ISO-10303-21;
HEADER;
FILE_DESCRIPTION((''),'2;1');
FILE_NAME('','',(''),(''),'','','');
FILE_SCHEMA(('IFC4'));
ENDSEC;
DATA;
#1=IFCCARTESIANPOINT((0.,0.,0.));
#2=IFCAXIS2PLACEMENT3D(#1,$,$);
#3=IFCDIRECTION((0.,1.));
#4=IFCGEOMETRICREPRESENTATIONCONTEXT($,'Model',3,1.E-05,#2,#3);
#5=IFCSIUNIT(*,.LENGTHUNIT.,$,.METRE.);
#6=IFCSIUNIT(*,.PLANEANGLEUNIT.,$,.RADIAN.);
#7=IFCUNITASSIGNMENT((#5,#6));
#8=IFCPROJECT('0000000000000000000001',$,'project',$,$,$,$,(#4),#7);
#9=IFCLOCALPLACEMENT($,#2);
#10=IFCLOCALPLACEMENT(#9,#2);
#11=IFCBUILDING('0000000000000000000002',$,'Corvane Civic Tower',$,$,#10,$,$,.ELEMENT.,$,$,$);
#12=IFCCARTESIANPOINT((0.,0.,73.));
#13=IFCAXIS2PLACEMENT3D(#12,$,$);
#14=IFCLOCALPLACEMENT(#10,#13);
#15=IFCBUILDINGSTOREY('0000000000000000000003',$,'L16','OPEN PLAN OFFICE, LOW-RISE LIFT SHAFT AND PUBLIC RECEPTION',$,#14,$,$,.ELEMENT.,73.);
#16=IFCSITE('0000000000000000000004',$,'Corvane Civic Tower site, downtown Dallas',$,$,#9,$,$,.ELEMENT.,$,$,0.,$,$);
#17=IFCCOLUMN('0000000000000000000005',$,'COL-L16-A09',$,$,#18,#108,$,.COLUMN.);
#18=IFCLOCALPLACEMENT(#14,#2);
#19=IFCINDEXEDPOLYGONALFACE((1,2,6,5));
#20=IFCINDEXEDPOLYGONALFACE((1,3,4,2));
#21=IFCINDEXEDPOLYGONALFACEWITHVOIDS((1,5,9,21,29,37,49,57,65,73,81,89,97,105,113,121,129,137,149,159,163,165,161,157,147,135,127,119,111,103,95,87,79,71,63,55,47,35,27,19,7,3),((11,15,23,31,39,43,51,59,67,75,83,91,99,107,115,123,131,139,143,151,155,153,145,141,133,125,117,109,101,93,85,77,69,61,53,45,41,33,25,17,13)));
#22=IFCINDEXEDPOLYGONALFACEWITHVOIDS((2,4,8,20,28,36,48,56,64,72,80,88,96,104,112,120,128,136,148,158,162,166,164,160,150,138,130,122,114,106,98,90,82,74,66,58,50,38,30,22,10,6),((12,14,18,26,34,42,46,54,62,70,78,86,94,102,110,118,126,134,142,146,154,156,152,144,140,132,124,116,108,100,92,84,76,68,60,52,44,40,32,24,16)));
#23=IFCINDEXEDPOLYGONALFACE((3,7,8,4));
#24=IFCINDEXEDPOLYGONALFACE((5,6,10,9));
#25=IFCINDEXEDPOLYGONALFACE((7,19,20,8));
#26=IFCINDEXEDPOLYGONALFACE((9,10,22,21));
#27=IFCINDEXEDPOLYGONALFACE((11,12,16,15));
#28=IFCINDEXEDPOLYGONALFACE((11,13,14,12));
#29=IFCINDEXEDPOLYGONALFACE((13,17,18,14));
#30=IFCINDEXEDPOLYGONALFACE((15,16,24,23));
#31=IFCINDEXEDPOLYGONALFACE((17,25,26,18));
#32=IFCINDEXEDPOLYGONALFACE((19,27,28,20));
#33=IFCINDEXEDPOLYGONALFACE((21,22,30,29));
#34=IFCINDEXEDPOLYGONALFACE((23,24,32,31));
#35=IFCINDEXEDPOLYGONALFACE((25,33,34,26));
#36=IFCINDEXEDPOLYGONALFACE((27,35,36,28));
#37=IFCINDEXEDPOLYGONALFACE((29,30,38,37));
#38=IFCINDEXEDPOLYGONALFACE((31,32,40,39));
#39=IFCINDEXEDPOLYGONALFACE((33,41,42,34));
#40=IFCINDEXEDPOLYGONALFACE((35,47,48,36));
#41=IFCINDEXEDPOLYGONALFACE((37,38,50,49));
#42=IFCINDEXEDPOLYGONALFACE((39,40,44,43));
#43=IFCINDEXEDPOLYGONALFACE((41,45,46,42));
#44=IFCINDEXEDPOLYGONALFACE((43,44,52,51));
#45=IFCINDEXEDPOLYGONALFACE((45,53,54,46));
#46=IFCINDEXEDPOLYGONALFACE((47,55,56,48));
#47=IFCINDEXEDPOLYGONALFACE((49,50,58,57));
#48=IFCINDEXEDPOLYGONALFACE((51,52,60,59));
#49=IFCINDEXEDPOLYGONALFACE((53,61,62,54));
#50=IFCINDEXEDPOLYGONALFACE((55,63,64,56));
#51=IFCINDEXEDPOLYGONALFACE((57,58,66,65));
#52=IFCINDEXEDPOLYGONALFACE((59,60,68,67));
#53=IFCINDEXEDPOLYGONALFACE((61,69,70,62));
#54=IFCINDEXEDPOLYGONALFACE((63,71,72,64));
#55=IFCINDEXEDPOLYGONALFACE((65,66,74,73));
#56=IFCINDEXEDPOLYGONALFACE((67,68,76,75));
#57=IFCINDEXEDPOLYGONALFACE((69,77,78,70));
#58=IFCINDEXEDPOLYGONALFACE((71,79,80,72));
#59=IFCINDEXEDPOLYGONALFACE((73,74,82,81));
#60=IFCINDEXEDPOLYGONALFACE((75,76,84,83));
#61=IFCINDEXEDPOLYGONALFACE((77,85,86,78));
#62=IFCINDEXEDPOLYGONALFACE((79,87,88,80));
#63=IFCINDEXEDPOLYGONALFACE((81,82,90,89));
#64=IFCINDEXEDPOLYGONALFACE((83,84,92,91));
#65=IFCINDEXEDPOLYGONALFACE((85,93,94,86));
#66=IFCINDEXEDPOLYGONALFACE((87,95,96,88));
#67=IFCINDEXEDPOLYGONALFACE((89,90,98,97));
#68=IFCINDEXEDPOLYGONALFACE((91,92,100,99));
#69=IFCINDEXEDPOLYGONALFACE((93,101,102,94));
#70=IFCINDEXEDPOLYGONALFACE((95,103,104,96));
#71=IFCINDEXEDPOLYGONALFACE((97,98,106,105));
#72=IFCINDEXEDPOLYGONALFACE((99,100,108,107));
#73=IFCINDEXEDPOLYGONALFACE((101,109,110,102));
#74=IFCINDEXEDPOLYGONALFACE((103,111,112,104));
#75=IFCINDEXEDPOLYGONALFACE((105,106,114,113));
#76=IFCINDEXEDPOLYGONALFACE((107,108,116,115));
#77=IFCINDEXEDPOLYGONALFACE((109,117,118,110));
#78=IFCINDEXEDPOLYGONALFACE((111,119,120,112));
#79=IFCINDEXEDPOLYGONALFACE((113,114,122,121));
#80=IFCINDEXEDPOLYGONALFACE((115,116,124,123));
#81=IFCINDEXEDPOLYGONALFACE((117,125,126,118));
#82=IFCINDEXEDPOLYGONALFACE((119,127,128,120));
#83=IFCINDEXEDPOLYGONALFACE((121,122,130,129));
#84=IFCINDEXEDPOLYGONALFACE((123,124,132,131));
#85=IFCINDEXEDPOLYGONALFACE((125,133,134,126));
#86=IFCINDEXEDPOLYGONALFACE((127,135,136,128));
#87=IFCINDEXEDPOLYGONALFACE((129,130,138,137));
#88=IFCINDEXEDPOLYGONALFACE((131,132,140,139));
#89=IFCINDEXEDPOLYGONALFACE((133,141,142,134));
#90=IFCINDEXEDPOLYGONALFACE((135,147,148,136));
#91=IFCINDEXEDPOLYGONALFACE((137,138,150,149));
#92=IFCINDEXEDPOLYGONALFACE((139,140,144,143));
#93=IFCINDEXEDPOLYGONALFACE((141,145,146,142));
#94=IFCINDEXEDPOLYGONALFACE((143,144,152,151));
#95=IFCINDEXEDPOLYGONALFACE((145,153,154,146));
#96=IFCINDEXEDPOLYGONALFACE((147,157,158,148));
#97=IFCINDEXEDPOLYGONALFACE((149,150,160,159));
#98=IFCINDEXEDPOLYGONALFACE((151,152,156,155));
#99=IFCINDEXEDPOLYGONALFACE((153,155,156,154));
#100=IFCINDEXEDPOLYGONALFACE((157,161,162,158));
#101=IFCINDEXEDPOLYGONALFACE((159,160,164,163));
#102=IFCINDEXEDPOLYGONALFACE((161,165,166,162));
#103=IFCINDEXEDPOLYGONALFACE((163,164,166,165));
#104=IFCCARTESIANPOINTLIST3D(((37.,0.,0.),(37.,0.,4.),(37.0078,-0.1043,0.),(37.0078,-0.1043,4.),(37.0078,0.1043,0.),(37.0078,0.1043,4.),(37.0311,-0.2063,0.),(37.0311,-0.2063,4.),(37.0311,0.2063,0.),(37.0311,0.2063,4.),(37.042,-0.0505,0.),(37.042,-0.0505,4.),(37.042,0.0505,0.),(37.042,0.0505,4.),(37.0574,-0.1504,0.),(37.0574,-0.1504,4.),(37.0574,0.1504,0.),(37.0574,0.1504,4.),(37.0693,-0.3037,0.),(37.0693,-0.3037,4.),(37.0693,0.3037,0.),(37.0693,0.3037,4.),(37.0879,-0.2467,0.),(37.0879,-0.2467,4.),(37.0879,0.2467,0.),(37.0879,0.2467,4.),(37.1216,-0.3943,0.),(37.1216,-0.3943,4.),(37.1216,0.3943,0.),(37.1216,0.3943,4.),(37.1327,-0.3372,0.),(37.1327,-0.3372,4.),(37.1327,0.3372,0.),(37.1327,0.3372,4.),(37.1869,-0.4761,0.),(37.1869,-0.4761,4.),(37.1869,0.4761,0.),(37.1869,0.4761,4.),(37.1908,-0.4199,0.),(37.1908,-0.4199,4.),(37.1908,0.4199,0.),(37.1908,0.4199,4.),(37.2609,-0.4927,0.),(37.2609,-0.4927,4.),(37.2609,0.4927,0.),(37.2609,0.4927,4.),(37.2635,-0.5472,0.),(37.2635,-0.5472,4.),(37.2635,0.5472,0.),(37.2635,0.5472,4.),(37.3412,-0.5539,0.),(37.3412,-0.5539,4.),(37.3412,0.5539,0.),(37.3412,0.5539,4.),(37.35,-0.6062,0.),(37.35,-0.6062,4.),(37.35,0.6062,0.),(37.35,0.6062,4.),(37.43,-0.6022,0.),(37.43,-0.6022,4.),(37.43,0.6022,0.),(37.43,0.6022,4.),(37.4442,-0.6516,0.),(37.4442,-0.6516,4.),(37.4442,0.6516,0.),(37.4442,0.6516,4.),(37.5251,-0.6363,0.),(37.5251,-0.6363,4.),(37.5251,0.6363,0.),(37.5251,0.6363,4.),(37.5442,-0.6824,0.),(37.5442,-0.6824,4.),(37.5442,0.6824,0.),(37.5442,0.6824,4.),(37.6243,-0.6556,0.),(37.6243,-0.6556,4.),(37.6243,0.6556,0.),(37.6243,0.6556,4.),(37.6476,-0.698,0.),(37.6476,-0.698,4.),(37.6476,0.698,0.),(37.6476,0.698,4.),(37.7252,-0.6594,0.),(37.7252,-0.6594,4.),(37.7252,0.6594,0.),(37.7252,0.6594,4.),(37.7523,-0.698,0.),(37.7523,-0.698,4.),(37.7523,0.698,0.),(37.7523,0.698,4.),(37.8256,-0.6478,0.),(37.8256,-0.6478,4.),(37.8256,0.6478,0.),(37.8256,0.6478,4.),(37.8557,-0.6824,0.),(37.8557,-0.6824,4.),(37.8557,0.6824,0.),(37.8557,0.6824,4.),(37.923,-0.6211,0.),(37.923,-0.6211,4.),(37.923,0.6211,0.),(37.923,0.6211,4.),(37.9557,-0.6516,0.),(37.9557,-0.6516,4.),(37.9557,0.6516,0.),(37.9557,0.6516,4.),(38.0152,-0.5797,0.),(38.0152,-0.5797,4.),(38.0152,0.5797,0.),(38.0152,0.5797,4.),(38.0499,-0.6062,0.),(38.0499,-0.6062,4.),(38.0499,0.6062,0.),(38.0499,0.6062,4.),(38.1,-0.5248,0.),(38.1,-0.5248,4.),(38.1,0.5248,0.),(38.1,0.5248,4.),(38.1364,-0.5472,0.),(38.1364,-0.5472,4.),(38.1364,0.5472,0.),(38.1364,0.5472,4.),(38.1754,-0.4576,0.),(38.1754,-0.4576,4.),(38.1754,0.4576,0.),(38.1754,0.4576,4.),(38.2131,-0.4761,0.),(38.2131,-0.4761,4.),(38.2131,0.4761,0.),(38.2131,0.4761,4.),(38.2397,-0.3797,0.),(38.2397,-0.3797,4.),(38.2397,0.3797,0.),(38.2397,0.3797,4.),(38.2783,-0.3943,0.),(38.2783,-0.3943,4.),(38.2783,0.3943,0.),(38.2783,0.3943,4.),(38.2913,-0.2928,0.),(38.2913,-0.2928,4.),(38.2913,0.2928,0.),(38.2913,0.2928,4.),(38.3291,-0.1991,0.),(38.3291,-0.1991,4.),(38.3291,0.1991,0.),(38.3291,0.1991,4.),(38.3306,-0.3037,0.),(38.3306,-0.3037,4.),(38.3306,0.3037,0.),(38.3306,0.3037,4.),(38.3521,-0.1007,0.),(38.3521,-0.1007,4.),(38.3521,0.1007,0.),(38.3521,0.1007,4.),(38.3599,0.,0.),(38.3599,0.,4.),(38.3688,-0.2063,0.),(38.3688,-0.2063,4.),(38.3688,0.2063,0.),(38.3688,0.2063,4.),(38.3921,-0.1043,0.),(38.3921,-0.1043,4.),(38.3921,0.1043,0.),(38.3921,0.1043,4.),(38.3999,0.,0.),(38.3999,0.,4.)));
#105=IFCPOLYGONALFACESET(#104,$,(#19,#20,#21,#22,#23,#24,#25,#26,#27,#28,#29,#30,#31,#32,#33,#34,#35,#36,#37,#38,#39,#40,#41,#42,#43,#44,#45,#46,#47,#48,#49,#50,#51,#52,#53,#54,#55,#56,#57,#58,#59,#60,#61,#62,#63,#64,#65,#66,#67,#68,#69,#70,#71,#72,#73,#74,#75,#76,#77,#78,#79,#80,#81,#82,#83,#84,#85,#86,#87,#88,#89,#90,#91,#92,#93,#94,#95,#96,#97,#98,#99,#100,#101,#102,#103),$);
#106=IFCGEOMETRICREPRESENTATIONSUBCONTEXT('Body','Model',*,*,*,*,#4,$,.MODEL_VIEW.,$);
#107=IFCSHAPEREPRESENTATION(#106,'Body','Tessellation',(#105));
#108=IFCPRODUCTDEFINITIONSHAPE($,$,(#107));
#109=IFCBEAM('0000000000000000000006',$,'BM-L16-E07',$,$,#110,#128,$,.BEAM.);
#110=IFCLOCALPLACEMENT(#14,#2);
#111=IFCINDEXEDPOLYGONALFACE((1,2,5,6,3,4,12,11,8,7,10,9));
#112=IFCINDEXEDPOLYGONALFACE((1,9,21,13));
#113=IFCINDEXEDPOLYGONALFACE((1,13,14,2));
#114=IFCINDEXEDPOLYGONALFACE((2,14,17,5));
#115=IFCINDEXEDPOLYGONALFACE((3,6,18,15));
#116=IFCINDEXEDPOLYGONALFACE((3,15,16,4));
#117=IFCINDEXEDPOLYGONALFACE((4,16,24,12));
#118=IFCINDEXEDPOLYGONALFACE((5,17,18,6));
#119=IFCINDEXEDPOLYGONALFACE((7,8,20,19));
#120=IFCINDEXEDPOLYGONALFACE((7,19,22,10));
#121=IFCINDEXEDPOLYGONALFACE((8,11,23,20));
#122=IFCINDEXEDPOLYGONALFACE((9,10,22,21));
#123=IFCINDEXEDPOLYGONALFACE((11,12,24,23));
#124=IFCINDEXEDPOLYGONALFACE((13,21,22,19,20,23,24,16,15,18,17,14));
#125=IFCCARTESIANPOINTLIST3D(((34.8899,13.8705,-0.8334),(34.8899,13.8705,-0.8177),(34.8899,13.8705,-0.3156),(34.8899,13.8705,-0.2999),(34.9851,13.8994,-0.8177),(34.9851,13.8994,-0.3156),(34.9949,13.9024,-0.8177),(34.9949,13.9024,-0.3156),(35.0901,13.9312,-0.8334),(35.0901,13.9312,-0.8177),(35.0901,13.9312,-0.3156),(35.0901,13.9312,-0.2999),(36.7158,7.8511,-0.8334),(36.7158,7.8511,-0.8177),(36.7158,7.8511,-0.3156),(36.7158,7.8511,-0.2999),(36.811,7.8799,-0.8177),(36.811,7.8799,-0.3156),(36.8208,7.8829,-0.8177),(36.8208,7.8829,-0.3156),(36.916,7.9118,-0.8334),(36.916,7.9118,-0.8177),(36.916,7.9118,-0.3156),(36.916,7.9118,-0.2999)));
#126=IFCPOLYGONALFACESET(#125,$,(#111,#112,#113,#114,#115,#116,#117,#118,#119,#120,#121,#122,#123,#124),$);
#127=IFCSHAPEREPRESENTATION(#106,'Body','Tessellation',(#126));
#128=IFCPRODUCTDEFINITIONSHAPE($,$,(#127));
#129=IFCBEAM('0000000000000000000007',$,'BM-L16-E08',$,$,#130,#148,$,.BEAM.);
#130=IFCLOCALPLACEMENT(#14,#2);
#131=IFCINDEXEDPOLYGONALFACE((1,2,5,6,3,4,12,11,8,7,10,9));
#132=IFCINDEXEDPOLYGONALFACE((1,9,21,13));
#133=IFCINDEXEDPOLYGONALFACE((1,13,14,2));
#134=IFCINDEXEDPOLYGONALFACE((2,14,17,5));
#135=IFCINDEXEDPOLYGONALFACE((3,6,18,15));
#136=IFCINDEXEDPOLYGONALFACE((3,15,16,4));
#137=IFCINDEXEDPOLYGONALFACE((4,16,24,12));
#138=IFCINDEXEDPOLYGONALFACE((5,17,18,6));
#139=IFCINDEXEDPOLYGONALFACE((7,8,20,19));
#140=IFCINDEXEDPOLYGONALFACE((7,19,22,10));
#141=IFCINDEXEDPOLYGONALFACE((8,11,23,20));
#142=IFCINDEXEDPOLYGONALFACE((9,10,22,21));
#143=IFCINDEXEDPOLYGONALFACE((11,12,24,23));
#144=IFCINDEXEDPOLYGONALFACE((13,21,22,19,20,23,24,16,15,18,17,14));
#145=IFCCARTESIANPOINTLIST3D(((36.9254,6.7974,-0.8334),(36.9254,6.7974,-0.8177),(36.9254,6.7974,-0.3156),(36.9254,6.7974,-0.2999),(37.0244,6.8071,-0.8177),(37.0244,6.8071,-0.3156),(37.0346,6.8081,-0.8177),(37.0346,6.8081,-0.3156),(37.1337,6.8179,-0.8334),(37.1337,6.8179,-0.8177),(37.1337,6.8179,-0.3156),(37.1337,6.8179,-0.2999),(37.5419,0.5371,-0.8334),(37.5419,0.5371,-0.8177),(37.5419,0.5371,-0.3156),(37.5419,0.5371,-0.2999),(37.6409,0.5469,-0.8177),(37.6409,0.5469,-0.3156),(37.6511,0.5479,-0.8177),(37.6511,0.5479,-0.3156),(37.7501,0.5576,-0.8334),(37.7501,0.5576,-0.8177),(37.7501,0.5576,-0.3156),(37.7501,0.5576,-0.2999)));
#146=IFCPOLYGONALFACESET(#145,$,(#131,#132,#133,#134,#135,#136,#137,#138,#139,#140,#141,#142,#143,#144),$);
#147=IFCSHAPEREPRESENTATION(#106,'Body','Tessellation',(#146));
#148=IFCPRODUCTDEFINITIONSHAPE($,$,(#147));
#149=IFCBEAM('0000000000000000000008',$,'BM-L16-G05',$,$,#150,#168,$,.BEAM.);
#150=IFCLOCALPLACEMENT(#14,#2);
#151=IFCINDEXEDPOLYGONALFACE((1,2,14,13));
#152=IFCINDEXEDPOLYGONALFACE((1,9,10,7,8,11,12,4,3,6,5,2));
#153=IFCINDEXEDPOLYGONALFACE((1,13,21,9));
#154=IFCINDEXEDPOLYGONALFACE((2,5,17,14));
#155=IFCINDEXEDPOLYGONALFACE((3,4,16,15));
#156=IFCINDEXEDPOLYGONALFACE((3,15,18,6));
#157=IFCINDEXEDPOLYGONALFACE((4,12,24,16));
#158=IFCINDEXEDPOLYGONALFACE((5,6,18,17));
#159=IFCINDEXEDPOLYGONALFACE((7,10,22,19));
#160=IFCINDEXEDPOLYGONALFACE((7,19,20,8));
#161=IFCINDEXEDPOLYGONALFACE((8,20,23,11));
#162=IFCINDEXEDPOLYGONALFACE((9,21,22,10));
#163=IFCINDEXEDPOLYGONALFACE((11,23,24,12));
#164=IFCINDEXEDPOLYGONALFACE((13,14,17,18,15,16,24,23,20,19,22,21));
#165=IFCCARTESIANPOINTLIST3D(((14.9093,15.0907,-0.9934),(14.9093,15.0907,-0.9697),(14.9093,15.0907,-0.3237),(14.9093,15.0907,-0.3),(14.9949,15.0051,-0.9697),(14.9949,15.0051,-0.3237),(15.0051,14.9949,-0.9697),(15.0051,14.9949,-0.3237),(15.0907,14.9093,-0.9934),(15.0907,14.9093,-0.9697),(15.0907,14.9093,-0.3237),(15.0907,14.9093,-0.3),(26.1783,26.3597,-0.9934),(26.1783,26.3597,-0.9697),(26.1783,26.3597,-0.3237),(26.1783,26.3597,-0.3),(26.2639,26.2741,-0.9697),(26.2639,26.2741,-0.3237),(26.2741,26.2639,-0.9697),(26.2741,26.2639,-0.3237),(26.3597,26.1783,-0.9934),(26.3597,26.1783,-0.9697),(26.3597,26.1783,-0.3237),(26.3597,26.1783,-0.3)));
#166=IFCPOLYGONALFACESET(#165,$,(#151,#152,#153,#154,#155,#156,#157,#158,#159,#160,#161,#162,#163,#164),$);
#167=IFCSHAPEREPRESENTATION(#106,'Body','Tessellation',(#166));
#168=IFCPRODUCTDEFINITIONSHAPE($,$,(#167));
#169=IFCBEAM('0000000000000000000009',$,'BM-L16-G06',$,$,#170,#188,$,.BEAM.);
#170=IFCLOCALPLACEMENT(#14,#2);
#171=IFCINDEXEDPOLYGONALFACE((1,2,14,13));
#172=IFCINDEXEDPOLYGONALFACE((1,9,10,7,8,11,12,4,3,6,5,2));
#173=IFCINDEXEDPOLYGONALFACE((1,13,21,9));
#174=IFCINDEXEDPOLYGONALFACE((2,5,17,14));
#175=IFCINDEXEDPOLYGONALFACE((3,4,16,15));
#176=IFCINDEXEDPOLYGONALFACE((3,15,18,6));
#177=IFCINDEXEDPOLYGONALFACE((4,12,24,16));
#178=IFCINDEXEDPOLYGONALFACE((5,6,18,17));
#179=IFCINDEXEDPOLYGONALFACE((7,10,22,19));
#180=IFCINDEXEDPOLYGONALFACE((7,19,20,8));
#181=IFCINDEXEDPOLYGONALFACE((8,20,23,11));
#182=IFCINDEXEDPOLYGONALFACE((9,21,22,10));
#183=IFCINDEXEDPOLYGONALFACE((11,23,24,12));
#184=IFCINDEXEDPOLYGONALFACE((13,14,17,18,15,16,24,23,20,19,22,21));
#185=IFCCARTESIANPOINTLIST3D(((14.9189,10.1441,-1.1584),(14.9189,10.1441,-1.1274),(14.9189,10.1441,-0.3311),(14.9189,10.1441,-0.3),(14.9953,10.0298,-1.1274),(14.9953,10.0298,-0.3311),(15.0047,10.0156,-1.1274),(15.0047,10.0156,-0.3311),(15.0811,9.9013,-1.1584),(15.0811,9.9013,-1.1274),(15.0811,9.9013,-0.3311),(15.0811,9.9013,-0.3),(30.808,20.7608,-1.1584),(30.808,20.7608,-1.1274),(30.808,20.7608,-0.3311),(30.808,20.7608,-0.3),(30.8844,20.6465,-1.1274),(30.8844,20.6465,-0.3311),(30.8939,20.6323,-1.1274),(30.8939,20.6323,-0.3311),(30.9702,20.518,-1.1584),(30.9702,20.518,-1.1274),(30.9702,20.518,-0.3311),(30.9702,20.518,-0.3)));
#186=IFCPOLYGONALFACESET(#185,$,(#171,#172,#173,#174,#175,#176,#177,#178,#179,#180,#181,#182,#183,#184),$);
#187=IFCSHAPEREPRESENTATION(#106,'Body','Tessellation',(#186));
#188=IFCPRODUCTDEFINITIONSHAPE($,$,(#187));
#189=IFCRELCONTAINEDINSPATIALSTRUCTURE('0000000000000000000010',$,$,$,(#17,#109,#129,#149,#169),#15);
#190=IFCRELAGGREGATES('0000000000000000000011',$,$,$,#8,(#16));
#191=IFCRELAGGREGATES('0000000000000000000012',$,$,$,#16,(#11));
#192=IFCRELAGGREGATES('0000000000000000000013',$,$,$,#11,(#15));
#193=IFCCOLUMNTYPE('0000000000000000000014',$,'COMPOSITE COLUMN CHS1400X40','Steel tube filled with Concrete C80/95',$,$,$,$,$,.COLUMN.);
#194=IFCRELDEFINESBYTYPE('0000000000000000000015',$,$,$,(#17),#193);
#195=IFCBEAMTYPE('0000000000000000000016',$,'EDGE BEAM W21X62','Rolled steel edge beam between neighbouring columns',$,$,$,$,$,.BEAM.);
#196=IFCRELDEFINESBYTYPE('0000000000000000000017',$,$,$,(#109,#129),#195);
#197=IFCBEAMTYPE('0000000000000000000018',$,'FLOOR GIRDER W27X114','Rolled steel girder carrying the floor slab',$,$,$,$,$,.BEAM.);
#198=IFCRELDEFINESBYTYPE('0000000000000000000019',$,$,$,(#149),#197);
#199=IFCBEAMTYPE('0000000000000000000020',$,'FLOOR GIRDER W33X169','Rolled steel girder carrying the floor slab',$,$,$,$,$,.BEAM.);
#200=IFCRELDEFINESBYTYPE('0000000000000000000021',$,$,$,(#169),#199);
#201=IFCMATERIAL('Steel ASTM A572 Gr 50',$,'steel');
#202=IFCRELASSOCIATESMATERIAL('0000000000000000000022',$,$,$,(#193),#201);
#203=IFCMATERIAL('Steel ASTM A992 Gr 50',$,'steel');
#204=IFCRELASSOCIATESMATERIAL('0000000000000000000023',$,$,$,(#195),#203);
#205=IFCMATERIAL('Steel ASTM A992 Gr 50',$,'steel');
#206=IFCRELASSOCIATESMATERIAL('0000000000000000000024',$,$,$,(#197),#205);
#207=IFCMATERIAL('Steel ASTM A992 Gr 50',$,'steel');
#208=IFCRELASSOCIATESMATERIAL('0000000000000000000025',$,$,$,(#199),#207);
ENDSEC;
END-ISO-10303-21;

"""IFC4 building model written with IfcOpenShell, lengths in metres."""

from ifc_helpers import new_model, si_unit, direction, frame, origin, origin_2d, place, context, subcontext, project, spatial, hollow_circle, i_section, extrude, material, material_profile, profile_set, type_object, element, save


model = new_model("IFC4")

# Units and contexts
model_context = context("Model", 3, precision=1e-05, world=origin(), true_north=direction((0.0, 1.0)))
body_context = subcontext(model_context, "Body", "Model", "MODEL_VIEW")
ifc_project = project(units=[si_unit("LENGTHUNIT", "METRE"), si_unit("PLANEANGLEUNIT", "RADIAN")], contexts=[model_context])

# Site, building, storey
site_placement = place(None, origin())
site = spatial("IfcSite", under=ifc_project, at=site_placement, Name="Corvane Civic Tower site, downtown Dallas", CompositionType="ELEMENT", RefElevation=0.0)
building_placement = place(site_placement, origin())
building = spatial("IfcBuilding", under=site, at=building_placement, Name="Corvane Civic Tower", CompositionType="ELEMENT")
storey_placement = place(building_placement, frame((0.0, 0.0, 73.0)))
storey = spatial("IfcBuildingStorey", under=building, at=storey_placement, Name="L16", Description="OPEN PLAN OFFICE, LOW-RISE LIFT SHAFT AND PUBLIC RECEPTION", CompositionType="ELEMENT", Elevation=73.0)

# Column
ifc_material_1 = material(Name="Steel ASTM A572 Gr 50", Category="steel")
ifc_material_profile_1 = material_profile(ifc_material_1, hollow_circle(Radius=0.7, WallThickness=0.04, at=origin_2d()), Name="CHS1400X40")
ifc_profile_set_1 = profile_set([ifc_material_profile_1], Name="Steel ASTM A572 Gr 50")
column_type = type_object("IfcColumnType", Name="COMPOSITE COLUMN CHS1400X40", Description="Steel tube filled with Concrete C80/95", PredefinedType="COLUMN", material=ifc_profile_set_1)
for number, where, z_axis, x_axis, name in (
    (1, (37.7, 0.0, 0.0), (0.0, 0.0, 1.0), (1.0, 0.0, 0.0), "COL-L16-A09"),
):
    element("IfcColumn", number, at=place(storey_placement, frame(where, z_axis=z_axis, x_axis=x_axis)), inside=storey, type_object=column_type, Name=name, PredefinedType="COLUMN", context=body_context, shape_type="SweptSolid", body=[
        extrude(hollow_circle(Radius=0.7, WallThickness=0.04, at=origin_2d()), origin(), (0.0, 0.0, 1.0), 4.0),
    ])

# Beams
ifc_material_2 = material(Name="Steel ASTM A992 Gr 50", Category="steel")
ifc_material_profile_2 = material_profile(ifc_material_2, i_section(OverallWidth=0.2092, OverallDepth=0.5334, WebThickness=0.0103, FlangeThickness=0.0156, at=origin_2d()), Name="W21X62")
ifc_profile_set_2 = profile_set([ifc_material_profile_2], Name="Steel ASTM A992 Gr 50")
beam_type_1 = type_object("IfcBeamType", Name="EDGE BEAM W21X62", Description="Rolled steel edge beam between neighbouring columns", PredefinedType="BEAM", material=ifc_profile_set_2)
beam_1_placement = place(storey_placement, frame((34.99, 13.9009, -0.5667), z_axis=(0.290273, -0.956944, 0.0), x_axis=(0.956944, 0.290273, 0.0)))
element("IfcBeam", 2, at=beam_1_placement, inside=storey, type_object=beam_type_1, Name="BM-L16-E07", PredefinedType="BEAM", context=body_context, shape_type="SweptSolid", body=[
    extrude(i_section(OverallWidth=0.2092, OverallDepth=0.5334, WebThickness=0.0103, FlangeThickness=0.0156, at=origin_2d()), origin(), (0.0, 0.0, 1.0), 6.2903),
])
beam_2_placement = place(storey_placement, frame((37.0295, 6.8076, -0.5667), z_axis=(0.097997, -0.995187, 0.0), x_axis=(0.995187, 0.097997, 0.0)))
element("IfcBeam", 3, at=beam_2_placement, inside=storey, type_object=beam_type_1, Name="BM-L16-E08", PredefinedType="BEAM", context=body_context, shape_type="SweptSolid", body=[
    extrude(i_section(OverallWidth=0.2092, OverallDepth=0.5334, WebThickness=0.0103, FlangeThickness=0.0156, at=origin_2d()), origin(), (0.0, 0.0, 1.0), 6.2905),
])
ifc_material_3 = material(Name="Steel ASTM A992 Gr 50", Category="steel")
ifc_material_profile_3 = material_profile(ifc_material_3, i_section(OverallWidth=0.2566, OverallDepth=0.6934, WebThickness=0.0144, FlangeThickness=0.0237, at=origin_2d()), Name="W27X114")
ifc_profile_set_3 = profile_set([ifc_material_profile_3], Name="Steel ASTM A992 Gr 50")
beam_type_2 = type_object("IfcBeamType", Name="FLOOR GIRDER W27X114", Description="Rolled steel girder carrying the floor slab", PredefinedType="BEAM", material=ifc_profile_set_3)
beam_3_placement = place(storey_placement, frame((15.0, 15.0, -0.6467), z_axis=(0.707107, 0.707107, 0.0), x_axis=(-0.707107, 0.707107, 0.0)))
element("IfcBeam", 4, at=beam_3_placement, inside=storey, type_object=beam_type_2, Name="BM-L16-G05", PredefinedType="BEAM", context=body_context, shape_type="SweptSolid", body=[
    extrude(i_section(OverallWidth=0.2566, OverallDepth=0.6934, WebThickness=0.0144, FlangeThickness=0.0237, at=origin_2d()), origin(), (0.0, 0.0, 1.0), 15.9368),
])
ifc_material_4 = material(Name="Steel ASTM A992 Gr 50", Category="steel")
ifc_material_profile_4 = material_profile(ifc_material_4, i_section(OverallWidth=0.292, OverallDepth=0.8584, WebThickness=0.0171, FlangeThickness=0.031, at=origin_2d()), Name="W33X169")
ifc_profile_set_4 = profile_set([ifc_material_profile_4], Name="Steel ASTM A992 Gr 50")
beam_type_3 = type_object("IfcBeamType", Name="FLOOR GIRDER W33X169", Description="Rolled steel girder carrying the floor slab", PredefinedType="BEAM", material=ifc_profile_set_4)
beam_4_placement = place(storey_placement, frame((15.0, 10.0227, -0.7292), z_axis=(0.831472, 0.555567, 0.0), x_axis=(-0.555567, 0.831472, 0.0)))
element("IfcBeam", 5, at=beam_4_placement, inside=storey, type_object=beam_type_3, Name="BM-L16-G06", PredefinedType="BEAM", context=body_context, shape_type="SweptSolid", body=[
    extrude(i_section(OverallWidth=0.292, OverallDepth=0.8584, WebThickness=0.0171, FlangeThickness=0.031, at=origin_2d()), origin(), (0.0, 0.0, 1.0), 19.1096),
])

save(model, "model.ifc")
